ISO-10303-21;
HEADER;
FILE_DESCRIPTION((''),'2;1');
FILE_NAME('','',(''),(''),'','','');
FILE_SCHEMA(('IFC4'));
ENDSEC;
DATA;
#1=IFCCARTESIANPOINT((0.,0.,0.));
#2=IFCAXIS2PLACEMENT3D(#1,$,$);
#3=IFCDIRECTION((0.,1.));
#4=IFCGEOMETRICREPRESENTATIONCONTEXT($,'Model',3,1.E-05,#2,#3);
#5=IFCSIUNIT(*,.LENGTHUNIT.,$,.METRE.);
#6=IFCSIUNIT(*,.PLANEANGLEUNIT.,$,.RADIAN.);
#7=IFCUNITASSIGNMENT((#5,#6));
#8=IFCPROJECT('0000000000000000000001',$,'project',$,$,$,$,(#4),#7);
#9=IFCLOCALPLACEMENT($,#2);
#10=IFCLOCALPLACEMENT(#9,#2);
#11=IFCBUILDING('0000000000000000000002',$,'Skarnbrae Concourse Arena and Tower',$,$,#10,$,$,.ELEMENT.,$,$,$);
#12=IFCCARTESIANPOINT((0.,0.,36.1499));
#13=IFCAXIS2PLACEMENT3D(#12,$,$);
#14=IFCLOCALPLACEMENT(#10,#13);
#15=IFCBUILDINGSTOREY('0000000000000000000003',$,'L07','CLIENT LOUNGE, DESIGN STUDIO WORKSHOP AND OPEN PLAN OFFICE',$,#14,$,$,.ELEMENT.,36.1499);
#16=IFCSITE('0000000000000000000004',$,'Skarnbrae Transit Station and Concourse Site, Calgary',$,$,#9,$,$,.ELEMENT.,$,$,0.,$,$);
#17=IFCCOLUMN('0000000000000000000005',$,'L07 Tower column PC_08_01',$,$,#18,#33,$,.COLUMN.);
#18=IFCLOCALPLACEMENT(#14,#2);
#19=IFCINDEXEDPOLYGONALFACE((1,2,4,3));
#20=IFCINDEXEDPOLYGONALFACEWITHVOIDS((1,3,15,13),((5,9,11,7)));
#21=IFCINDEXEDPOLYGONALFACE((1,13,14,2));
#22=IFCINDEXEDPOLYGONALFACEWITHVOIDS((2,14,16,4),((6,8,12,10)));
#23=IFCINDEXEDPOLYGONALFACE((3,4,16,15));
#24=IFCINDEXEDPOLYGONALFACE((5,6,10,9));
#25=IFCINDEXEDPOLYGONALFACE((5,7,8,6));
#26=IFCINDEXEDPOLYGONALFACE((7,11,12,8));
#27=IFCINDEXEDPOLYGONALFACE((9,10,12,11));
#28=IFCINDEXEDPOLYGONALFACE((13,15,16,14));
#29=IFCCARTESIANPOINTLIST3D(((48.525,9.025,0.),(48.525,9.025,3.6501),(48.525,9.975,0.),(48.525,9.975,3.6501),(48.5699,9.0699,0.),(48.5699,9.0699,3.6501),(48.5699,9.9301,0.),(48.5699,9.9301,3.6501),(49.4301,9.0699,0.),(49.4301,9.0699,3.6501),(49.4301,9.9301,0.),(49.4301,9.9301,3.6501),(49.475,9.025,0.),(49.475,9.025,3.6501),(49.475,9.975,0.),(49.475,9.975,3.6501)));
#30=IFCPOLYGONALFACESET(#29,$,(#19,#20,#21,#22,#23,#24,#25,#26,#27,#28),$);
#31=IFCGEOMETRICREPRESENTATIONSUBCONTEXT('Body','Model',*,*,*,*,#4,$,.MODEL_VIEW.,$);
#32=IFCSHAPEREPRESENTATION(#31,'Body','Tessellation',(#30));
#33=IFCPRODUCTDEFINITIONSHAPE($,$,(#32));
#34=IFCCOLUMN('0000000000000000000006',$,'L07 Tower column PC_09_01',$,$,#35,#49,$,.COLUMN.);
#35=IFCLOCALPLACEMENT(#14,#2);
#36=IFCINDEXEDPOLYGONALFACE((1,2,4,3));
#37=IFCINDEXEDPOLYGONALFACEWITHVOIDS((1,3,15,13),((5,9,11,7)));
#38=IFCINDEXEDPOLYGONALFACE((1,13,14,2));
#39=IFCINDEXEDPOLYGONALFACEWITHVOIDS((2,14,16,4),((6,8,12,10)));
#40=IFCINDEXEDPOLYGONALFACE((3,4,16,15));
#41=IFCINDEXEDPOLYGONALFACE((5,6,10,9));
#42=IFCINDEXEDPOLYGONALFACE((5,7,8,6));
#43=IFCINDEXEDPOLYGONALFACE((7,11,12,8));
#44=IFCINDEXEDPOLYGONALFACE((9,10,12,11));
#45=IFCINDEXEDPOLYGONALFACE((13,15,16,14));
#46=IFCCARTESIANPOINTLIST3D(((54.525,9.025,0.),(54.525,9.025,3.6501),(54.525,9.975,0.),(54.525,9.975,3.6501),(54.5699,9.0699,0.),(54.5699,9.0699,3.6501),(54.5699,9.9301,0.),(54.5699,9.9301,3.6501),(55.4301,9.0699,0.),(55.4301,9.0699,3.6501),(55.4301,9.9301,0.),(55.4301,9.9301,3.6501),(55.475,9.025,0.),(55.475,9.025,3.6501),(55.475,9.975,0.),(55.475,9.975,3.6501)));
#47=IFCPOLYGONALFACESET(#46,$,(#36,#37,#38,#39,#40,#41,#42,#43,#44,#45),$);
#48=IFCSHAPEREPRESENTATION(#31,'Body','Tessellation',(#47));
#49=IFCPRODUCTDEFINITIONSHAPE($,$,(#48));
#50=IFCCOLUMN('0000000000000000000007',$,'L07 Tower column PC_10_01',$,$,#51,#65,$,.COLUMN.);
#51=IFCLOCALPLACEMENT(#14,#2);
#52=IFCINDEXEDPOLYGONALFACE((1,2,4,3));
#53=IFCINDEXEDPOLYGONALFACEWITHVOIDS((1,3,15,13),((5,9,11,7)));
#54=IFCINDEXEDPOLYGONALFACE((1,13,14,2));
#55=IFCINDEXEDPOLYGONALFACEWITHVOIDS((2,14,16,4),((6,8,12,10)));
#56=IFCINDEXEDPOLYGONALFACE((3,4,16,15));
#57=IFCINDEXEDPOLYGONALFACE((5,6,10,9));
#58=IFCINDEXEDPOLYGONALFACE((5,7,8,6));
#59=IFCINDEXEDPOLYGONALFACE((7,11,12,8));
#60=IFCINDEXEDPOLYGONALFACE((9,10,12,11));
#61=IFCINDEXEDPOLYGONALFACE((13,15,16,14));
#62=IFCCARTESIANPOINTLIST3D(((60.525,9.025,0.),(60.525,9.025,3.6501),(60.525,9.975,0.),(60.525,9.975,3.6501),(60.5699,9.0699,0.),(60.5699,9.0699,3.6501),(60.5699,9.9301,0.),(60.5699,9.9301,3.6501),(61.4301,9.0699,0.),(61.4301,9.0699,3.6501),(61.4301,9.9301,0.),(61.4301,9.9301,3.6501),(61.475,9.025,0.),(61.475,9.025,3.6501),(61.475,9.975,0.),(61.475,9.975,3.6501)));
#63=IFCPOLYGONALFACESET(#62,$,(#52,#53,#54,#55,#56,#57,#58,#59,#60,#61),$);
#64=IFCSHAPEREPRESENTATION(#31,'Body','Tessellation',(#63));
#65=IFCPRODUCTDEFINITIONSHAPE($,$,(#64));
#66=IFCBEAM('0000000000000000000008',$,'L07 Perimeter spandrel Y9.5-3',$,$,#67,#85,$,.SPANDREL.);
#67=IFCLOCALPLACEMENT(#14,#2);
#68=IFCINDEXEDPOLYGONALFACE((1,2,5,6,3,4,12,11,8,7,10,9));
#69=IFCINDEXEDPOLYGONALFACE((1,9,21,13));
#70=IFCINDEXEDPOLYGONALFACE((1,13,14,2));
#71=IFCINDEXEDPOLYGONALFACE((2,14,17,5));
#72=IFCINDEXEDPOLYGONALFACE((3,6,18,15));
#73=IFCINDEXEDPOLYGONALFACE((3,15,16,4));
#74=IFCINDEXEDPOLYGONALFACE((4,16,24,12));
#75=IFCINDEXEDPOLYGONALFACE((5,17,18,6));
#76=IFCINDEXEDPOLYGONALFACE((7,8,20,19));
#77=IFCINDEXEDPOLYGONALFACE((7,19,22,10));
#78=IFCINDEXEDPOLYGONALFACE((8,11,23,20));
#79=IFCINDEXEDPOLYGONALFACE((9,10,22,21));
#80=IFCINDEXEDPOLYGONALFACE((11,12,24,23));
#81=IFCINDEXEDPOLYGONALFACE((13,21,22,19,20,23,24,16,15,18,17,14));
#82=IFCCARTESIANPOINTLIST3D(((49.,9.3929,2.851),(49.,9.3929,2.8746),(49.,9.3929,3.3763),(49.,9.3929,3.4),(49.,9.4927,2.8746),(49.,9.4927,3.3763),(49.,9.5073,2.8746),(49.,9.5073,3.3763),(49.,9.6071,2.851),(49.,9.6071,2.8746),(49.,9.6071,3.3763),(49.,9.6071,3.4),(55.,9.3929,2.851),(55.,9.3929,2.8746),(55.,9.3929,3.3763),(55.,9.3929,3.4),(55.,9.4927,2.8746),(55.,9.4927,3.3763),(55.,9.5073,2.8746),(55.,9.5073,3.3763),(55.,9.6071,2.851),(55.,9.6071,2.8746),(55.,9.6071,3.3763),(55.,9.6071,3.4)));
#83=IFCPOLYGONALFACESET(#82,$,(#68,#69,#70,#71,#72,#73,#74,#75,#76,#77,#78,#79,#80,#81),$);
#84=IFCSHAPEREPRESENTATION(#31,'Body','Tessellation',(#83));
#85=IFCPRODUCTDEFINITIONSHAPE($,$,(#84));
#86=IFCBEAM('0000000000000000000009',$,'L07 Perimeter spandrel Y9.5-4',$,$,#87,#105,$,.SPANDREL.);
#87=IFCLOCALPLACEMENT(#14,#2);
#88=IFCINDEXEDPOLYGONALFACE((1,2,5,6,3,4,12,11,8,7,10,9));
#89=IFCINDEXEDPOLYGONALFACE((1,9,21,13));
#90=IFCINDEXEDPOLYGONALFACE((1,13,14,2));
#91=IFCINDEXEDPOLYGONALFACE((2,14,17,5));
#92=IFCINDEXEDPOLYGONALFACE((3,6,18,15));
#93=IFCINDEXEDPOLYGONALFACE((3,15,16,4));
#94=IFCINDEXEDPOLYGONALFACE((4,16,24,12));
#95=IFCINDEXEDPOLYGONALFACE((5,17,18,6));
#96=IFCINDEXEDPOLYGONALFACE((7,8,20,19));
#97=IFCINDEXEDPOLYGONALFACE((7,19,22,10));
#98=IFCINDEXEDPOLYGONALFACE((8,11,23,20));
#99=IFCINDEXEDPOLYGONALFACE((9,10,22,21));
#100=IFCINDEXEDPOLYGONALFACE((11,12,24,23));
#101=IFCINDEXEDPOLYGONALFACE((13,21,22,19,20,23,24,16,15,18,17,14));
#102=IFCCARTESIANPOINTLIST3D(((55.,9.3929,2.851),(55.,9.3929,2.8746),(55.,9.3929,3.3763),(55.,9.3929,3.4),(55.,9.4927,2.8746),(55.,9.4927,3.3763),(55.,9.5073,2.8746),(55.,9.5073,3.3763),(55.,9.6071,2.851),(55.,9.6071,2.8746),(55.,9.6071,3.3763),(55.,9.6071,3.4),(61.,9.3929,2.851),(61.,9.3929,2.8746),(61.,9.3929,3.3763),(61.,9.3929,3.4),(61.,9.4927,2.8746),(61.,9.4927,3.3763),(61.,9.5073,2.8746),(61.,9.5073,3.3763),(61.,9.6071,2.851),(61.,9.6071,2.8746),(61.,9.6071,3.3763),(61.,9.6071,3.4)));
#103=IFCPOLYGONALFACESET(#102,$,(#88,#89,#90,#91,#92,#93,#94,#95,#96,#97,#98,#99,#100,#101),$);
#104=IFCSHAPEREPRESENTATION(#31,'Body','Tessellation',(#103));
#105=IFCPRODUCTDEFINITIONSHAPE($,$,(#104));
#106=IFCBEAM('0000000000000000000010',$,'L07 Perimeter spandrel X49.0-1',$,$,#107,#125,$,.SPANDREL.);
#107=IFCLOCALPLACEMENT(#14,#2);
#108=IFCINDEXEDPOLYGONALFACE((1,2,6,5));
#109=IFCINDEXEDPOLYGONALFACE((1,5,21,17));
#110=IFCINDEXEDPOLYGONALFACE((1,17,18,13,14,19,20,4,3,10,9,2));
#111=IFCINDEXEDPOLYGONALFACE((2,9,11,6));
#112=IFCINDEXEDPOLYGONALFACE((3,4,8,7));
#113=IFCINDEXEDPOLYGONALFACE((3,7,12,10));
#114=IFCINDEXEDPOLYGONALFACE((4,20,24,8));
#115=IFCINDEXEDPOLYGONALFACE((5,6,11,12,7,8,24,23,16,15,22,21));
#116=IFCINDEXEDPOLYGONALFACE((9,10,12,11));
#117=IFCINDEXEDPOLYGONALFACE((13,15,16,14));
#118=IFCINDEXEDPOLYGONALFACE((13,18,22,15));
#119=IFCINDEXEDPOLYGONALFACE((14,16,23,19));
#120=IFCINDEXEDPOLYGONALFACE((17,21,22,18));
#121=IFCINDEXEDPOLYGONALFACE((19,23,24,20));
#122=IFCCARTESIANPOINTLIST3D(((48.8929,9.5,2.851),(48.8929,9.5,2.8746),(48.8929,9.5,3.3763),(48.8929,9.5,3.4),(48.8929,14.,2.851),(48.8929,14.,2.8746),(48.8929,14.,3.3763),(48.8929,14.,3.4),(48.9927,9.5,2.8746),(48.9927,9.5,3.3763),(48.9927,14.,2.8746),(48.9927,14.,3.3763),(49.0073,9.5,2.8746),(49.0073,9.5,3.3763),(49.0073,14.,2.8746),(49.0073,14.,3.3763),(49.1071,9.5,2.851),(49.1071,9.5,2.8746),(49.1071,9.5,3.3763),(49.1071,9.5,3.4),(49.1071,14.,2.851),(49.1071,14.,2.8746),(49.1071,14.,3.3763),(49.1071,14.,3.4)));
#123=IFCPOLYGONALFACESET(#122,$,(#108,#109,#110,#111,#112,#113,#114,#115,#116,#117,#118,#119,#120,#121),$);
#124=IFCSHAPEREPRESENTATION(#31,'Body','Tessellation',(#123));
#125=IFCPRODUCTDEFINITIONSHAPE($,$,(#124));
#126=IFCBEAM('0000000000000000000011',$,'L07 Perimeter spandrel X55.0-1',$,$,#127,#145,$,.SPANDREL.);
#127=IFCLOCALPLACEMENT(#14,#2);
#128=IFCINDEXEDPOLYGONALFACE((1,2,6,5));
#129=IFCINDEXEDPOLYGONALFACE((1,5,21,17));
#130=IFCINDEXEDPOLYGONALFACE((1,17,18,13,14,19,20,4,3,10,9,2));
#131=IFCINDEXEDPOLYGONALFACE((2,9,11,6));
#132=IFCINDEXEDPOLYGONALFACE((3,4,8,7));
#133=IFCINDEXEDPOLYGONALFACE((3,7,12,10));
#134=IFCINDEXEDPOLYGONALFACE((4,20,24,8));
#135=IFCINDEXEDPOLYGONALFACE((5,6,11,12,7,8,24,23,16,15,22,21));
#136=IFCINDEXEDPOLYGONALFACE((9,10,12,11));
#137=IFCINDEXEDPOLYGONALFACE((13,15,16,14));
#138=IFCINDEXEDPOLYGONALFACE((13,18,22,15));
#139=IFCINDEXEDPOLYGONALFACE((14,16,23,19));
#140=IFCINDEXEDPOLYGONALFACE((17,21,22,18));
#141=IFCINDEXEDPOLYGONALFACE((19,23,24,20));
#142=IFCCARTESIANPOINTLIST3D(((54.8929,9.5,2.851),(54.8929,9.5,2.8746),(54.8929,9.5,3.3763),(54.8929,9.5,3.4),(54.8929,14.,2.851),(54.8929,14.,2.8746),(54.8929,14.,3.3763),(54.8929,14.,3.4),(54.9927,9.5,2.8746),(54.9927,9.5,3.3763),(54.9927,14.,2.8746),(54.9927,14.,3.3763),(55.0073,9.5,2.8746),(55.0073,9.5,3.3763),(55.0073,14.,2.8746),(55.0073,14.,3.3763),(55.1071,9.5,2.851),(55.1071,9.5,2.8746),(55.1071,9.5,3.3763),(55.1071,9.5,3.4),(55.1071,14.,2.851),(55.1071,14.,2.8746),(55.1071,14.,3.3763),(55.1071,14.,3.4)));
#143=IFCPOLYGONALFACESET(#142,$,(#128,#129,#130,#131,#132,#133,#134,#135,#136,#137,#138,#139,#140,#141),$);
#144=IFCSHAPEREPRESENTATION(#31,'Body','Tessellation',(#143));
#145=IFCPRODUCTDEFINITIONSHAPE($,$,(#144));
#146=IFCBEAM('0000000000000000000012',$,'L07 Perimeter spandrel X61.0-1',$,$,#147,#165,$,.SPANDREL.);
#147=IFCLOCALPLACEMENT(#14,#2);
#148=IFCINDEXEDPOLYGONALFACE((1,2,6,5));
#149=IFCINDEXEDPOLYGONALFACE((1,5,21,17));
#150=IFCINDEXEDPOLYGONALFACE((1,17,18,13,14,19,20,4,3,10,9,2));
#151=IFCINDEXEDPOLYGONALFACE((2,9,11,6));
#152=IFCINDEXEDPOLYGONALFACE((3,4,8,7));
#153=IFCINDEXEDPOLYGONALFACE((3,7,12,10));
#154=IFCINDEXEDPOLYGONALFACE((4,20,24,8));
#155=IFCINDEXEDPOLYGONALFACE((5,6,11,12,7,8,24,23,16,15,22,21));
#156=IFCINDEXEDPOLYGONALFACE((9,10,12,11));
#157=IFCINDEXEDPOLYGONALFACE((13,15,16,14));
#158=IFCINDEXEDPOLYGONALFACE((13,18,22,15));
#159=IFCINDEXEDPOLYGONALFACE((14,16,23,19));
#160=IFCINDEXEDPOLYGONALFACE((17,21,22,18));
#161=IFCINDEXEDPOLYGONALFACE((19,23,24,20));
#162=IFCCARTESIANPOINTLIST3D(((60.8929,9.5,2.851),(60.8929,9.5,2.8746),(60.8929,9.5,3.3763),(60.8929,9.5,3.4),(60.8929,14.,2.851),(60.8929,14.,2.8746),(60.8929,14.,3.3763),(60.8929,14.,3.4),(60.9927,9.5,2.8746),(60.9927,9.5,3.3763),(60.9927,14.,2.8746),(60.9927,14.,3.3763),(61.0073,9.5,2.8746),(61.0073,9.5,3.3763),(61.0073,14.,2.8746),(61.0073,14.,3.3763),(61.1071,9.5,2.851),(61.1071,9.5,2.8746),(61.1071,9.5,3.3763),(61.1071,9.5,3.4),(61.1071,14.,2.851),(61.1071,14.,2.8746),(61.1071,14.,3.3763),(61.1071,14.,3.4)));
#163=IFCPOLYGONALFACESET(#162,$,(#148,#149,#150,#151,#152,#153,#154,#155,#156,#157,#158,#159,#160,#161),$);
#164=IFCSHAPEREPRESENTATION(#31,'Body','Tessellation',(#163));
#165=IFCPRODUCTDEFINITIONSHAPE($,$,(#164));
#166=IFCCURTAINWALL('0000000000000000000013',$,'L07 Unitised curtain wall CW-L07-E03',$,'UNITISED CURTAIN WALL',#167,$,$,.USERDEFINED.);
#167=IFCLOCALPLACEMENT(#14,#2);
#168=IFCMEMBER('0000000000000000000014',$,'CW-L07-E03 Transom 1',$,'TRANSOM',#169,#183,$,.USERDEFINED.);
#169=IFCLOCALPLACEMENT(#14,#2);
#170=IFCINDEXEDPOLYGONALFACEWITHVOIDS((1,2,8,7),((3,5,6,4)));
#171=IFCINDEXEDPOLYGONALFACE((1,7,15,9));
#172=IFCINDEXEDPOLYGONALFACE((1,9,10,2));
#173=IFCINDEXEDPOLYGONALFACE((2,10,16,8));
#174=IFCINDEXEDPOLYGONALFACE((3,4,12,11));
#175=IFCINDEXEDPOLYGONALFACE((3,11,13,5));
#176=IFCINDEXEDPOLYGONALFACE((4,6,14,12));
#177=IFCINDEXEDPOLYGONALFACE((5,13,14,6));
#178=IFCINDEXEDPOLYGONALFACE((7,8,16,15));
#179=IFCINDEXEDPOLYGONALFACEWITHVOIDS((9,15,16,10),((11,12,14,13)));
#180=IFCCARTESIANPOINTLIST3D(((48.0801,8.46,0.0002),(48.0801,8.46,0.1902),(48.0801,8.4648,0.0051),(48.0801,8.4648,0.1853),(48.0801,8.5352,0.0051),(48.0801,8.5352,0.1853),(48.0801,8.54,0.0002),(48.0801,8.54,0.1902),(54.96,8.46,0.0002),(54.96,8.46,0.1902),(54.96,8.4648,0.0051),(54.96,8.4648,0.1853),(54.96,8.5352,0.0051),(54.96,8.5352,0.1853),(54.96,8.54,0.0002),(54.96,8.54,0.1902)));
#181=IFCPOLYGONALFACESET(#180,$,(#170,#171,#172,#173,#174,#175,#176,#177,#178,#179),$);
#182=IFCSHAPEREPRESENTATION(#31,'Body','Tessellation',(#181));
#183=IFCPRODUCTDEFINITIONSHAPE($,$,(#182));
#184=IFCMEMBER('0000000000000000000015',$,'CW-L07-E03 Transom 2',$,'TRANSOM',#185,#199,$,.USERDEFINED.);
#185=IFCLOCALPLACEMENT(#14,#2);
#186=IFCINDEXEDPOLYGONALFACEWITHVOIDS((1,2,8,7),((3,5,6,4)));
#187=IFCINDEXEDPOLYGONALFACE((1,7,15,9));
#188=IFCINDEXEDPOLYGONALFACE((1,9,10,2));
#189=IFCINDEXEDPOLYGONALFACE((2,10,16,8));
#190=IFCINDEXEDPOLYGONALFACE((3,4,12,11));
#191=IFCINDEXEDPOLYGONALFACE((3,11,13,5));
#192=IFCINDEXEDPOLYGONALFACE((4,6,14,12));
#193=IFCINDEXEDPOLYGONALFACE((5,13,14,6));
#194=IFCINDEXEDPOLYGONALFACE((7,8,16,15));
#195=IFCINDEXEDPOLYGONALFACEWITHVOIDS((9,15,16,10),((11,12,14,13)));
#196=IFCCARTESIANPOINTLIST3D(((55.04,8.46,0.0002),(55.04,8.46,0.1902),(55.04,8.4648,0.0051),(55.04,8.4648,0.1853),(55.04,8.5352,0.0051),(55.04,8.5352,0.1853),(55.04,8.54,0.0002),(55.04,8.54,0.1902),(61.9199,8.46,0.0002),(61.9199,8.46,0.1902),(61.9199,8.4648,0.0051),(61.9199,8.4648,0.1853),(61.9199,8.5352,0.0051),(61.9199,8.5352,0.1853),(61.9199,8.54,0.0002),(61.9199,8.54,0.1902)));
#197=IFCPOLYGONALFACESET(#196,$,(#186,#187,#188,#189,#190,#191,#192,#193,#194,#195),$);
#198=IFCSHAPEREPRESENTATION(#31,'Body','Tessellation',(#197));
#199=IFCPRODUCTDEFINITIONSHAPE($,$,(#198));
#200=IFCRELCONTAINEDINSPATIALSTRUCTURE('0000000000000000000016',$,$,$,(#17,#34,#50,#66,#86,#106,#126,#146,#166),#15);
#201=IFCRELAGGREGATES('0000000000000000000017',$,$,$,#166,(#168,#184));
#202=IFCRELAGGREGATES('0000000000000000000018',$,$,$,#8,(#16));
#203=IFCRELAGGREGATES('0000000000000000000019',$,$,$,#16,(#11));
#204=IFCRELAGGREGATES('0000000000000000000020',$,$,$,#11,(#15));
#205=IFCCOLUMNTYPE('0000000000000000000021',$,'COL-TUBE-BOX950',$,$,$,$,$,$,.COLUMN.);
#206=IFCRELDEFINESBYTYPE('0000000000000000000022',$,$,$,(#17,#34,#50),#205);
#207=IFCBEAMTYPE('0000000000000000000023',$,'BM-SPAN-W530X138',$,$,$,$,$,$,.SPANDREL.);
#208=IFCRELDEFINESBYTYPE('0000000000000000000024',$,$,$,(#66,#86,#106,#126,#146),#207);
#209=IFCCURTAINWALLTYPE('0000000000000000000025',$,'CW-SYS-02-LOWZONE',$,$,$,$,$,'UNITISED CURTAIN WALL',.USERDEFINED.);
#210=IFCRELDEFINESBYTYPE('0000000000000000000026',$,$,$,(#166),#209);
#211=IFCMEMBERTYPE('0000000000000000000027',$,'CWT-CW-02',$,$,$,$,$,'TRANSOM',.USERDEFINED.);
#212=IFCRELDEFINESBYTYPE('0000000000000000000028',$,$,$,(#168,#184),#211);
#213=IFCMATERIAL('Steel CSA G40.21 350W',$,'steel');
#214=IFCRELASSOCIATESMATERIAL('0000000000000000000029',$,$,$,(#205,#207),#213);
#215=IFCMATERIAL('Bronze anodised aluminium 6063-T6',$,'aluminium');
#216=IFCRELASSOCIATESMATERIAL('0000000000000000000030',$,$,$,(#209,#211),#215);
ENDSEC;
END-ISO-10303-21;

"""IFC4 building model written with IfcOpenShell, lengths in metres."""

from ifc_helpers import new_model, si_unit, direction, frame, origin, origin_2d, place, context, subcontext, project, spatial, hollow_rectangle, i_section, extrude, source, transform, mapped, material, material_profile, profile_set, type_object, element, aggregate, save


model = new_model("IFC4")

# Units and contexts
model_context = context("Model", 3, precision=1e-05, world=origin(), true_north=direction((0.0, 1.0)))
body_context = subcontext(model_context, "Body", "Model", "MODEL_VIEW")
ifc_project = project(units=[si_unit("LENGTHUNIT", "METRE"), si_unit("PLANEANGLEUNIT", "RADIAN")], contexts=[model_context])

# Site, building, storey
site_placement = place(None, origin())
site = spatial("IfcSite", under=ifc_project, at=site_placement, Name="Skarnbrae Transit Station and Concourse Site, Calgary", CompositionType="ELEMENT", RefElevation=0.0)
building_placement = place(site_placement, origin())
building = spatial("IfcBuilding", under=site, at=building_placement, Name="Skarnbrae Concourse Arena and Tower", CompositionType="ELEMENT")
storey_placement = place(building_placement, frame((0.0, 0.0, 36.1499)))
storey = spatial("IfcBuildingStorey", under=building, at=storey_placement, Name="L07", Description="CLIENT LOUNGE, DESIGN STUDIO WORKSHOP AND OPEN PLAN OFFICE", CompositionType="ELEMENT", Elevation=36.1499)

# Columns
ifc_material_1 = material(Name="Steel CSA G40.21 350W", Category="steel")
ifc_material_profile_1 = material_profile(ifc_material_1, hollow_rectangle(XDim=0.95, YDim=0.95, WallThickness=0.0449, at=origin_2d()), Name="BOX950X950X45")
ifc_profile_set_1 = profile_set([ifc_material_profile_1], Name="Steel CSA G40.21 350W")
column_type = type_object("IfcColumnType", Name="COL-TUBE-BOX950", PredefinedType="COLUMN", material=ifc_profile_set_1)
shared_shape_1 = source(origin(), body_context, "Body", "SweptSolid", [
    extrude(hollow_rectangle(XDim=0.95, YDim=0.95, WallThickness=0.0449, at=origin_2d()), origin(), (0.0, 0.0, 1.0), 3.6501),
])
for number, where, z_axis, x_axis, name in (
    (1, (49.0, 9.5, 0.0), (0.0, 0.0, 1.0), (1.0, 0.0, 0.0), "L07 Tower column PC_08_01"),
    (2, (55.0, 9.5, 0.0), (0.0, 0.0, 1.0), (1.0, 0.0, 0.0), "L07 Tower column PC_09_01"),
    (3, (61.0, 9.5, 0.0), (0.0, 0.0, 1.0), (1.0, 0.0, 0.0), "L07 Tower column PC_10_01"),
):
    element("IfcColumn", number, at=place(storey_placement, frame(where, z_axis=z_axis, x_axis=x_axis)), inside=storey, type_object=column_type, Name=name, PredefinedType="COLUMN", context=body_context, shape_type="MappedRepresentation", body=[
        mapped(shared_shape_1, transform((0.0, 0.0, 0.0))),
    ])

# Beams
ifc_material_profile_2 = material_profile(ifc_material_1, i_section(OverallWidth=0.2141, OverallDepth=0.5491, WebThickness=0.0146, FlangeThickness=0.0237, at=origin_2d()), Name="W530X138")
ifc_profile_set_2 = profile_set([ifc_material_profile_2], Name="Steel CSA G40.21 350W")
beam_type = type_object("IfcBeamType", Name="BM-SPAN-W530X138", PredefinedType="SPANDREL", material=ifc_profile_set_2)
shared_shape_2 = source(origin(), body_context, "Body", "SweptSolid", [
    extrude(i_section(OverallWidth=0.2141, OverallDepth=0.5491, WebThickness=0.0146, FlangeThickness=0.0237, at=origin_2d()), origin(), (0.0, 0.0, 1.0), 6.0),
])
for number, where, z_axis, x_axis, name in (
    (4, (49.0, 9.5, 3.1255), (1.0, 0.0, 0.0), (0.0, 1.0, 0.0), "L07 Perimeter spandrel Y9.5-3"),
    (5, (55.0, 9.5, 3.1255), (1.0, 0.0, 0.0), (0.0, 1.0, 0.0), "L07 Perimeter spandrel Y9.5-4"),
):
    element("IfcBeam", number, at=place(storey_placement, frame(where, z_axis=z_axis, x_axis=x_axis)), inside=storey, type_object=beam_type, Name=name, PredefinedType="SPANDREL", context=body_context, shape_type="MappedRepresentation", body=[
        mapped(shared_shape_2, transform((0.0, 0.0, 0.0))),
    ])
shared_shape_3 = source(origin(), body_context, "Body", "SweptSolid", [
    extrude(i_section(OverallWidth=0.2141, OverallDepth=0.5491, WebThickness=0.0146, FlangeThickness=0.0237, at=origin_2d()), origin(), (0.0, 0.0, 1.0), 4.5),
])
for number, where, z_axis, x_axis, name in (
    (6, (49.0, 9.5, 3.1255), (0.0, 1.0, 0.0), (-1.0, 0.0, 0.0), "L07 Perimeter spandrel X49.0-1"),
    (7, (55.0, 9.5, 3.1255), (0.0, 1.0, 0.0), (-1.0, 0.0, 0.0), "L07 Perimeter spandrel X55.0-1"),
    (8, (61.0, 9.5, 3.1255), (0.0, 1.0, 0.0), (-1.0, 0.0, 0.0), "L07 Perimeter spandrel X61.0-1"),
):
    element("IfcBeam", number, at=place(storey_placement, frame(where, z_axis=z_axis, x_axis=x_axis)), inside=storey, type_object=beam_type, Name=name, PredefinedType="SPANDREL", context=body_context, shape_type="MappedRepresentation", body=[
        mapped(shared_shape_3, transform((0.0, 0.0, 0.0))),
    ])

# Curtain wall, members
ifc_material_2 = material(Name="Bronze anodised aluminium 6063-T6", Category="aluminium")
curtain_wall_type = type_object("IfcCurtainWallType", Name="CW-SYS-02-LOWZONE", ElementType="UNITISED CURTAIN WALL", PredefinedType="USERDEFINED", material=ifc_material_2)
curtain_wall_1_placement = place(storey_placement, origin())
curtain_wall_1 = element("IfcCurtainWall", 9, at=curtain_wall_1_placement, inside=storey, type_object=curtain_wall_type, Name="L07 Unitised curtain wall CW-L07-E03", ObjectType="UNITISED CURTAIN WALL", PredefinedType="USERDEFINED")
ifc_material_profile_3 = material_profile(ifc_material_2, hollow_rectangle(XDim=0.0801, YDim=0.1899, WallThickness=0.0049, at=origin_2d()), Name="ALU-TRAN-80X190")
ifc_profile_set_3 = profile_set([ifc_material_profile_3], Name="Bronze anodised aluminium 6063-T6")
member_type_1 = type_object("IfcMemberType", Name="CWT-CW-02", ElementType="TRANSOM", PredefinedType="USERDEFINED", material=ifc_profile_set_3)
shared_shape_4 = source(origin(), body_context, "Body", "SweptSolid", [
    extrude(hollow_rectangle(XDim=0.0801, YDim=0.1899, WallThickness=0.0049, at=origin_2d()), origin(), (0.0, 0.0, 1.0), 6.8799),
])
member_1_placement = place(storey_placement, frame((48.0801, 8.5, 0.0952), z_axis=(1.0, 0.0, 0.0), x_axis=(0.0, 1.0, 0.0)))
member_1 = element("IfcMember", 10, at=member_1_placement, type_object=member_type_1, Name="CW-L07-E03 Transom 1", ObjectType="TRANSOM", PredefinedType="USERDEFINED", context=body_context, shape_type="MappedRepresentation", body=[
    mapped(shared_shape_4, transform((0.0, 0.0, 0.0))),
])
member_2_placement = place(storey_placement, frame((55.04, 8.5, 0.0952), z_axis=(1.0, 0.0, 0.0), x_axis=(0.0, 1.0, 0.0)))
member_2 = element("IfcMember", 11, at=member_2_placement, type_object=member_type_1, Name="CW-L07-E03 Transom 2", ObjectType="TRANSOM", PredefinedType="USERDEFINED", context=body_context, shape_type="MappedRepresentation", body=[
    mapped(shared_shape_4, transform((0.0, 0.0, 0.0))),
])

aggregate(curtain_wall_1, [member_1, member_2])

save(model, "model.ifc")
